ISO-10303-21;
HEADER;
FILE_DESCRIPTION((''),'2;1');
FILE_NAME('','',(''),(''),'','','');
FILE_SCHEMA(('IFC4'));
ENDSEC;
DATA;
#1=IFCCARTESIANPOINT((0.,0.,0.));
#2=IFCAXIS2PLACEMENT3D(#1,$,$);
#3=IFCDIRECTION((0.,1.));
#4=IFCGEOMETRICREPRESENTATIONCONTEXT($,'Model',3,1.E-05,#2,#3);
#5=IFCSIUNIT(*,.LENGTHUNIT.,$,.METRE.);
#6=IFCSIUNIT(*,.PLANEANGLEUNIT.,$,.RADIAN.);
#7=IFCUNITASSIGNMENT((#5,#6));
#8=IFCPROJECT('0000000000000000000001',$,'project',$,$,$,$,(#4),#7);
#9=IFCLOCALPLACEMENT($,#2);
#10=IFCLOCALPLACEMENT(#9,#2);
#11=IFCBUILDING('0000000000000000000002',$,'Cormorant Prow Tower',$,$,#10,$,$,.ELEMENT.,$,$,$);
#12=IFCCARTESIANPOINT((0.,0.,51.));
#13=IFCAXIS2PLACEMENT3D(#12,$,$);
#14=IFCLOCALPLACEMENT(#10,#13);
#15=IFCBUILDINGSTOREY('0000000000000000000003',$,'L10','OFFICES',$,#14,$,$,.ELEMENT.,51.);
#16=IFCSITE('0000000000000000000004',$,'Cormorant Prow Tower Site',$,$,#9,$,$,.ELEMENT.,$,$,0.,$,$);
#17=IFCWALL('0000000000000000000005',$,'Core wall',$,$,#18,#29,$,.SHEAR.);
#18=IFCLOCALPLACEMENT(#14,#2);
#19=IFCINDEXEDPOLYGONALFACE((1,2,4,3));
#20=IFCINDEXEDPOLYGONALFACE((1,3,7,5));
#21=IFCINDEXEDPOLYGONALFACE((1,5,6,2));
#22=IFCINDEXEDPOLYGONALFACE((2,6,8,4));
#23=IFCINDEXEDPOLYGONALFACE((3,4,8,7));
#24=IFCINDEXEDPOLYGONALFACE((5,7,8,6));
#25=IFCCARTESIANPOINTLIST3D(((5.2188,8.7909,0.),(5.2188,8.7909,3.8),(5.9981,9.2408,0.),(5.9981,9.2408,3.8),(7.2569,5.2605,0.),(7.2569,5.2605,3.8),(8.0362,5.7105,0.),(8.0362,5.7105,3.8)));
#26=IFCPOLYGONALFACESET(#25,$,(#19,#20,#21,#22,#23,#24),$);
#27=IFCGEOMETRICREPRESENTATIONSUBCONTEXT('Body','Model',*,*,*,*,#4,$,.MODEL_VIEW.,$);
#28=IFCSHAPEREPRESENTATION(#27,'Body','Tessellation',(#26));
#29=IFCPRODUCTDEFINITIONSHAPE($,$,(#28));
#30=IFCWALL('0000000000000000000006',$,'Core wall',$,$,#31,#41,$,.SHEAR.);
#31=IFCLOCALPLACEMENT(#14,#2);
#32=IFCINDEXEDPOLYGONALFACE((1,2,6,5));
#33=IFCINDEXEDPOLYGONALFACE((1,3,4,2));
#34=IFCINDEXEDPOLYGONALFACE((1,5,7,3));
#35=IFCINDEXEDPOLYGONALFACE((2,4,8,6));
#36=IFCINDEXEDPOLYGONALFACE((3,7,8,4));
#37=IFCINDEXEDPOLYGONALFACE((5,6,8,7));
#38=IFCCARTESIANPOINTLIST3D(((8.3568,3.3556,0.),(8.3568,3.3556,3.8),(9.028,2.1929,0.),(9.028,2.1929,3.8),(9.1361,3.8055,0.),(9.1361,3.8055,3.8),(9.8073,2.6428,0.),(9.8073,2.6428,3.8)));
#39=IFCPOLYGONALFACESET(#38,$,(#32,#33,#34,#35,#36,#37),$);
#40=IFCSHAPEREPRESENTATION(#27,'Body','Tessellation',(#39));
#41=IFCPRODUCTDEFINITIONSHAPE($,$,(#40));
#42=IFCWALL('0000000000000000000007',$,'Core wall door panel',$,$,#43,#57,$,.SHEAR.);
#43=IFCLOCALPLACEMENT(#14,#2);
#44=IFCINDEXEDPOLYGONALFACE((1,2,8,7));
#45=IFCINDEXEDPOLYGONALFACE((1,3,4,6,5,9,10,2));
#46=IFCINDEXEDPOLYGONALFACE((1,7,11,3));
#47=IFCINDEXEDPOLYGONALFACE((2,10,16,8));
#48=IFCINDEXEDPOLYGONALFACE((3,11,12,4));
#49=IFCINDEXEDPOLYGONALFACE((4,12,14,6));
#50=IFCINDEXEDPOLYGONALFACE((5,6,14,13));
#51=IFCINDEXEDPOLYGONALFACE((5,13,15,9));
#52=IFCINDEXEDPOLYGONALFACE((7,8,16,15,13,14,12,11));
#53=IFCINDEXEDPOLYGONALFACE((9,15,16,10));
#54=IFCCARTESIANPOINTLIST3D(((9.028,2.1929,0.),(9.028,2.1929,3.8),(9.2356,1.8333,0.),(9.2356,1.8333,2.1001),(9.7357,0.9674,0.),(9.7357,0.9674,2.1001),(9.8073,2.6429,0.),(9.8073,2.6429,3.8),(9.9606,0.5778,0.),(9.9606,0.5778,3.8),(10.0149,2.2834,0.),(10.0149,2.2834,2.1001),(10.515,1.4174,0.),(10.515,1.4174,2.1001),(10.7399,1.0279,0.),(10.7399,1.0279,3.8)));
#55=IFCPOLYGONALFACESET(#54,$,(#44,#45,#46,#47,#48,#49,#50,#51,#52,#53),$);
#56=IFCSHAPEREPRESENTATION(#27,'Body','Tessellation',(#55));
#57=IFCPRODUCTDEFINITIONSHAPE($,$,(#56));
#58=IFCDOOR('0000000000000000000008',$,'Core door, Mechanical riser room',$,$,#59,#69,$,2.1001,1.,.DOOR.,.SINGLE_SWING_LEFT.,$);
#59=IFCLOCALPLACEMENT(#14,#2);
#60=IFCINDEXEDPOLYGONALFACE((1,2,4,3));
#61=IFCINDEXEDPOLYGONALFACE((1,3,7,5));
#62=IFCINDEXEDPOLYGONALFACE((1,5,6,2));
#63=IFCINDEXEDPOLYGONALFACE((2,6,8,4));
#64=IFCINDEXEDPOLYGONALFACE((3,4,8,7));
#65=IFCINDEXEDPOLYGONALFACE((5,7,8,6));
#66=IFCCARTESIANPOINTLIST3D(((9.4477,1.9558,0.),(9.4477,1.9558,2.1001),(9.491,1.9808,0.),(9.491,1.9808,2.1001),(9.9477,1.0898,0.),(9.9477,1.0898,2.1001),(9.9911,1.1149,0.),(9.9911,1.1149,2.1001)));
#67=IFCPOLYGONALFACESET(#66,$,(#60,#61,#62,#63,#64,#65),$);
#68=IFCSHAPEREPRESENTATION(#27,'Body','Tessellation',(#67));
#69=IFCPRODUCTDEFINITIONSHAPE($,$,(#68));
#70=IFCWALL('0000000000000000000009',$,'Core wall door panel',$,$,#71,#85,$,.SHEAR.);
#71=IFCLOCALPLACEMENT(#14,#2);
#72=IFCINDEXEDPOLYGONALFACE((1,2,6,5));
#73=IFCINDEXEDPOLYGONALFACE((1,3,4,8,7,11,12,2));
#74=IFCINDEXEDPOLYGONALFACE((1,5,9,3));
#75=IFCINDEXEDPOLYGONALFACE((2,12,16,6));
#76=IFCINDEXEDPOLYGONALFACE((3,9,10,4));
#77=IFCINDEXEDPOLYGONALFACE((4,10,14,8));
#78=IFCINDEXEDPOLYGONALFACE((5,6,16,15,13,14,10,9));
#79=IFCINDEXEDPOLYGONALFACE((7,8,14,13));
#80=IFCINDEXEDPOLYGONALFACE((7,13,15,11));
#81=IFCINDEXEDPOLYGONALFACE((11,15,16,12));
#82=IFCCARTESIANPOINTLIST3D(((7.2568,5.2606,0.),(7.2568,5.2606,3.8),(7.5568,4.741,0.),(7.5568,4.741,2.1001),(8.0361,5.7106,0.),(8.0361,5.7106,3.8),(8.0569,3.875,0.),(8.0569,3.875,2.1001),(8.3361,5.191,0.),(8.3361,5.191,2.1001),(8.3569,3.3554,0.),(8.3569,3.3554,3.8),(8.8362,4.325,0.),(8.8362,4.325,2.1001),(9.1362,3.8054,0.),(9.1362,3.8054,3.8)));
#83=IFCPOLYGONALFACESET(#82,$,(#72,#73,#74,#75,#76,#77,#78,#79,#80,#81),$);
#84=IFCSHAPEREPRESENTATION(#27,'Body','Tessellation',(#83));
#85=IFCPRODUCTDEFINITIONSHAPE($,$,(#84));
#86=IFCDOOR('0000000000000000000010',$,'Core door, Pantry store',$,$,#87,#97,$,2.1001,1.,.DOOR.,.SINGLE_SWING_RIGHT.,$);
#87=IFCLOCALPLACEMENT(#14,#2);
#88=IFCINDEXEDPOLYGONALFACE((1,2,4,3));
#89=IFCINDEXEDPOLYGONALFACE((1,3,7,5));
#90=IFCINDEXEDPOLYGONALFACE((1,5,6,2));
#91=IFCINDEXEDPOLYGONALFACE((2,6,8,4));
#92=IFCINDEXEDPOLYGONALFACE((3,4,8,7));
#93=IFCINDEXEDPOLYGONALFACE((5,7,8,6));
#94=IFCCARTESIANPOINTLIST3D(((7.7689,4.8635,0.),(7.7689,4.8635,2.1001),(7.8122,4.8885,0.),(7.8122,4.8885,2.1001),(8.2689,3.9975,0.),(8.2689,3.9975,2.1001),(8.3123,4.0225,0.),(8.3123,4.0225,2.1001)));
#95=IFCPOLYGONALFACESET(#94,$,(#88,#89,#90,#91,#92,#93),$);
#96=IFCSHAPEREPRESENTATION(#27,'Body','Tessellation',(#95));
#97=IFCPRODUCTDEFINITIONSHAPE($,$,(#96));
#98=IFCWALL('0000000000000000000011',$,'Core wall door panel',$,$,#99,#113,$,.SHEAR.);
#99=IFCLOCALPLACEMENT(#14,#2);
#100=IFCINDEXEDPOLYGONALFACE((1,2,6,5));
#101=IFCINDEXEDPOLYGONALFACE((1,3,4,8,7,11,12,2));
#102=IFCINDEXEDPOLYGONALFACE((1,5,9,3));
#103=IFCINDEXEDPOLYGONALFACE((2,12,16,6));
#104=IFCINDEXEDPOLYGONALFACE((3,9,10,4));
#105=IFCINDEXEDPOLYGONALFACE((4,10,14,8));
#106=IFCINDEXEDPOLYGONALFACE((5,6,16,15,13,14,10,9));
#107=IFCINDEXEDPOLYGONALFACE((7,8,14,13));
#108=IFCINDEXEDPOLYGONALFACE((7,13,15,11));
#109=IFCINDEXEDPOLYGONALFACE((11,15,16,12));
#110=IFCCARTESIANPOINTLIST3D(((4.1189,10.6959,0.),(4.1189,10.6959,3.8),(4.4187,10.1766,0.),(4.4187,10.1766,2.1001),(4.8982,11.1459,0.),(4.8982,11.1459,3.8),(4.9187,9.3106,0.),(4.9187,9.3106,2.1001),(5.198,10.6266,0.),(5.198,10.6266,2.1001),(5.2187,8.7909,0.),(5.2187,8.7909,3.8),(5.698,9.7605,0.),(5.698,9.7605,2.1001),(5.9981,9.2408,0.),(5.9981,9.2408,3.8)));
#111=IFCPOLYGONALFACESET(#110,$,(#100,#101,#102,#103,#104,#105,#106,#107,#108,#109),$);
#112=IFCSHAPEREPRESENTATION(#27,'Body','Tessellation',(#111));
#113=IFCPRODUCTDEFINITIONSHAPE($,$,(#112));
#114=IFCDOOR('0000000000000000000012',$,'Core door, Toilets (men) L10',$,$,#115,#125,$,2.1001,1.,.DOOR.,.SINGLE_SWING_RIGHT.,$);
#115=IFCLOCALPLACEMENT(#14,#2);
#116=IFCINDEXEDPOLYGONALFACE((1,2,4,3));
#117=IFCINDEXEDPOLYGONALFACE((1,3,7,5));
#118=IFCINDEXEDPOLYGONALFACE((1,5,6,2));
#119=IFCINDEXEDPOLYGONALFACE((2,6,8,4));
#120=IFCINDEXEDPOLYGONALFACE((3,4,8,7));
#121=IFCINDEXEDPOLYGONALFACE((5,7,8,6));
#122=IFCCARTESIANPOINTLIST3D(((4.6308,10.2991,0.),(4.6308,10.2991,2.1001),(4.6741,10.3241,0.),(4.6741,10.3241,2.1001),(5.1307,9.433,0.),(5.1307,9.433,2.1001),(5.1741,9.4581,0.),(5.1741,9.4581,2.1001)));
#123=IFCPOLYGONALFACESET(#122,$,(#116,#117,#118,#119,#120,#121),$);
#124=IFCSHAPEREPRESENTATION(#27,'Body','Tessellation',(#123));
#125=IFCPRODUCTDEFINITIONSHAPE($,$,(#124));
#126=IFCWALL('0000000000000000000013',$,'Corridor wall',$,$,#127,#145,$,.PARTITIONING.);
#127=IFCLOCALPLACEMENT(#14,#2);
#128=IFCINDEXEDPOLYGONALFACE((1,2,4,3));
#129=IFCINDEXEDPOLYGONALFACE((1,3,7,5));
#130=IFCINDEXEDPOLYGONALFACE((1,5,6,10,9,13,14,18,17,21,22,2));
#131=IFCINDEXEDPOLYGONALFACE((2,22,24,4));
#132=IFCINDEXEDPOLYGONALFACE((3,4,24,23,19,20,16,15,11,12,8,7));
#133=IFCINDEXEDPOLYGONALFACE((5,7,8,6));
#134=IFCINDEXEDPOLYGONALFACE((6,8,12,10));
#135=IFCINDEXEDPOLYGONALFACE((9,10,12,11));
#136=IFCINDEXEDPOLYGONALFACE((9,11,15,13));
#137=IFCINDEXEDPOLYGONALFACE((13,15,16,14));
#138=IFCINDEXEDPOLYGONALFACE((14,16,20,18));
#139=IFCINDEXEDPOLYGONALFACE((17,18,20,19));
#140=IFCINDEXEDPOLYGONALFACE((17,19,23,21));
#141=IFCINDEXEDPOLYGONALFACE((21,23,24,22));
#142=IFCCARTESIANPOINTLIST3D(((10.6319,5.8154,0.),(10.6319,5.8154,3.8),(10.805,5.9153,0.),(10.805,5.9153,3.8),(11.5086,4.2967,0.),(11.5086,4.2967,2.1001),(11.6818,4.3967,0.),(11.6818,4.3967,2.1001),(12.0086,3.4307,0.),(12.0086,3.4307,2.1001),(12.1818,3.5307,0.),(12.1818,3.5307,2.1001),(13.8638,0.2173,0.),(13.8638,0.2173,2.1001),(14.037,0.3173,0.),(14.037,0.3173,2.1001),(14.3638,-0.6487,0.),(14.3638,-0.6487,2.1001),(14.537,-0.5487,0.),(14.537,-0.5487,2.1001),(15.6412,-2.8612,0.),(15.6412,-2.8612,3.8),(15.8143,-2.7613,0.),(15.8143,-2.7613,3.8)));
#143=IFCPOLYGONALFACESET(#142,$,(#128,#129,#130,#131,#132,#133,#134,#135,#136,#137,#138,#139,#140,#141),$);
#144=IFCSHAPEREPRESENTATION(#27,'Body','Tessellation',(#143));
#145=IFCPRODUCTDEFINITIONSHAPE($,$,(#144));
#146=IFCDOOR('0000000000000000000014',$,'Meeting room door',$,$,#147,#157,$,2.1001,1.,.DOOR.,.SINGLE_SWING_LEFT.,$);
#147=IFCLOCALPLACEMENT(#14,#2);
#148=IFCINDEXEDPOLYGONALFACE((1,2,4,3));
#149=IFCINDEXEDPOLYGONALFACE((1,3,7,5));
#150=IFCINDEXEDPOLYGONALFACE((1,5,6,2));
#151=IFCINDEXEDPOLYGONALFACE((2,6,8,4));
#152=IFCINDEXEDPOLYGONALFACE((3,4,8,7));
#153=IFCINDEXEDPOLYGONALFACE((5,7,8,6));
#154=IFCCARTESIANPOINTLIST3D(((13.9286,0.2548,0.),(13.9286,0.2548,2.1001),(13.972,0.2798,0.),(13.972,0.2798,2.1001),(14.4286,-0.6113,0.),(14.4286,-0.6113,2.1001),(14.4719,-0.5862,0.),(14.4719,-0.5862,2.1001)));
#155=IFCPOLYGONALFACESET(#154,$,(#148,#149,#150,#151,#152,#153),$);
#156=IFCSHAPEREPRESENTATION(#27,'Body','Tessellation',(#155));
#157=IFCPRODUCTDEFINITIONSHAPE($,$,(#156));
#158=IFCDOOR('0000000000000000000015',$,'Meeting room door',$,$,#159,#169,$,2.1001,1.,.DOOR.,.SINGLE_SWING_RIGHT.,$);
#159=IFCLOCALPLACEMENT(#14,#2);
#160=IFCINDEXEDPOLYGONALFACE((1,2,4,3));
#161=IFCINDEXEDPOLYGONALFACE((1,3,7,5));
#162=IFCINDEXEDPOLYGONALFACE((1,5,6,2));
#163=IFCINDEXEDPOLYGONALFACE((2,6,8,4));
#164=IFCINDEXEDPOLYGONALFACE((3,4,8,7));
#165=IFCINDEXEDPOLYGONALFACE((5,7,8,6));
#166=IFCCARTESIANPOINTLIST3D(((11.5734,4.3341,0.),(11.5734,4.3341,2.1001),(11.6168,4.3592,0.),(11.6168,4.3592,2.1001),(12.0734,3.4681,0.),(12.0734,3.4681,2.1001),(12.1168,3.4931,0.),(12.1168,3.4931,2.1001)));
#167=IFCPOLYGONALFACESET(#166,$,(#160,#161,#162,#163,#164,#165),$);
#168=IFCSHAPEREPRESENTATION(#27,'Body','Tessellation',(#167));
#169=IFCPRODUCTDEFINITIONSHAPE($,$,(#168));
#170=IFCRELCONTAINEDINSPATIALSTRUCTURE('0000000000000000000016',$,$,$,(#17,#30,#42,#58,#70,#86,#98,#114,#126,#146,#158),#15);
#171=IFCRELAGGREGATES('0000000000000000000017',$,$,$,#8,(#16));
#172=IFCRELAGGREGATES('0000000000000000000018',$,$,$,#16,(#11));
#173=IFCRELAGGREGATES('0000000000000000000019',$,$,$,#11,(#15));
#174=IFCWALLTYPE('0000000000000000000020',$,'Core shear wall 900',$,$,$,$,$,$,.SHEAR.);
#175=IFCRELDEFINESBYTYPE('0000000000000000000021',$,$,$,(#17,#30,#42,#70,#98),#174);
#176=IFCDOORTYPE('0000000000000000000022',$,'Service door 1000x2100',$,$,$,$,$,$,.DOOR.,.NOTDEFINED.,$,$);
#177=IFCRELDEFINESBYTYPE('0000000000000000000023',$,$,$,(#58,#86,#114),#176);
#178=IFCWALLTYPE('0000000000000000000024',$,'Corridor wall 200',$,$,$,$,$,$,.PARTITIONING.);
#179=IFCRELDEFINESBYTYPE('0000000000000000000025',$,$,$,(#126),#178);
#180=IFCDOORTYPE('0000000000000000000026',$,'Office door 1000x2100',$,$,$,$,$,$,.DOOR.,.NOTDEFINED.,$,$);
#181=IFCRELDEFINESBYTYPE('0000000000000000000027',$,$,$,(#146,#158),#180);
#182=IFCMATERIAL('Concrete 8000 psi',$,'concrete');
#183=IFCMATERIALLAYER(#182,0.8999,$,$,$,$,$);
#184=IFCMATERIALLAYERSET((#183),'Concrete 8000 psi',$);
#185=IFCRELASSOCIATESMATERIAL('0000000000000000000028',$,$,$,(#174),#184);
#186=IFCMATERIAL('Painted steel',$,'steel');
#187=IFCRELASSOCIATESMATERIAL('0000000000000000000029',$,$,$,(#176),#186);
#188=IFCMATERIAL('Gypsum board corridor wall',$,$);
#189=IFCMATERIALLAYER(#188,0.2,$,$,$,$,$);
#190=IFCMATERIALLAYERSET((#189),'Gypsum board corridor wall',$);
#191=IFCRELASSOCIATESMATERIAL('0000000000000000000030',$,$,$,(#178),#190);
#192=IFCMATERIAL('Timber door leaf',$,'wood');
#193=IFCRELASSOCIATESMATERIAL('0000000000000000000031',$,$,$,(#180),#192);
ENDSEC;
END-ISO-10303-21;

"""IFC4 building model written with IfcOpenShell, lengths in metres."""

from ifc_helpers import new_model, si_unit, direction, frame, frame_2d, origin, place, context, subcontext, project, spatial, rectangle, extrude, material, layer, layer_set, type_object, element, fill, save


model = new_model("IFC4")

# Units and contexts
model_context = context("Model", 3, precision=1e-05, world=origin(), true_north=direction((0.0, 1.0)))
body_context = subcontext(model_context, "Body", "Model", "MODEL_VIEW")
ifc_project = project(units=[si_unit("LENGTHUNIT", "METRE"), si_unit("PLANEANGLEUNIT", "RADIAN")], contexts=[model_context])

# Site, building, storey
site_placement = place(None, origin())
site = spatial("IfcSite", under=ifc_project, at=site_placement, Name="Cormorant Prow Tower Site", CompositionType="ELEMENT", RefElevation=0.0)
building_placement = place(site_placement, origin())
building = spatial("IfcBuilding", under=site, at=building_placement, Name="Cormorant Prow Tower", CompositionType="ELEMENT")
storey_placement = place(building_placement, frame((0.0, 0.0, 51.0)))
storey = spatial("IfcBuildingStorey", under=building, at=storey_placement, Name="L10", Description="OFFICES", CompositionType="ELEMENT", Elevation=51.0)

# Walls
ifc_material_1 = material(Name="Concrete 8000 psi", Category="concrete")
ifc_layer_1 = layer(ifc_material_1, 0.8999)
ifc_layer_set_1 = layer_set([ifc_layer_1], Name="Concrete 8000 psi")
wall_type_1 = type_object("IfcWallType", Name="Core shear wall 900", PredefinedType="SHEAR", material=ifc_layer_set_1)
wall_1_placement = place(storey_placement, frame((7.6465, 5.4856, 0.0), z_axis=(0.0, 0.0, 1.0), x_axis=(-0.499978, 0.866038, 0.0)))
element("IfcWall", 1, at=wall_1_placement, inside=storey, type_object=wall_type_1, Name="Core wall", PredefinedType="SHEAR", context=body_context, shape_type="SweptSolid", body=[
    extrude(rectangle(XDim=4.0764, YDim=0.8999, at=frame_2d((2.0381, 0.0))), origin(), (0.0, 0.0, 1.0), 3.8),
])
wall_2_placement = place(storey_placement, frame((9.4177, 2.4177, 0.0), z_axis=(0.0, 0.0, 1.0), x_axis=(-0.499953, 0.866052, 0.0)))
element("IfcWall", 2, at=wall_2_placement, inside=storey, type_object=wall_type_1, Name="Core wall", PredefinedType="SHEAR", context=body_context, shape_type="SweptSolid", body=[
    extrude(rectangle(XDim=1.3425, YDim=0.8999, at=frame_2d((0.6714, 0.0))), origin(), (0.0, 0.0, 1.0), 3.8),
])

# Walls, openings, doors
wall_3_placement = place(storey_placement, frame((10.3503, 0.8027, 0.0), z_axis=(0.0, 0.0, 1.0), x_axis=(-0.500081, 0.865978, 0.0)))
wall_3 = element("IfcWall", 3, at=wall_3_placement, inside=storey, type_object=wall_type_1, Name="Core wall door panel", PredefinedType="SHEAR", context=body_context, shape_type="SweptSolid", body=[
    extrude(rectangle(XDim=1.865, YDim=0.8999, at=frame_2d((0.9326, 0.0))), origin(), (0.0, 0.0, 1.0), 3.8),
])
opening_1_placement = place(wall_3_placement, frame((0.45, 0.0, 0.0)))
opening_1 = element("IfcOpeningElement", 4, at=opening_1_placement, cuts=wall_3, PredefinedType="OPENING", context=body_context, shape_type="SweptSolid", body=[
    extrude(rectangle(XDim=1.0, YDim=2.1001, at=frame_2d((0.5, 1.05))), frame((0.0, 0.46, 0.0), z_axis=(0.0, -1.0, 0.0), x_axis=(1.0, 0.0, 0.0)), (0.0, 0.0, 1.0), 0.9199),
])
ifc_material_2 = material(Name="Painted steel", Category="steel")
door_type_1 = type_object("IfcDoorType", Name="Service door 1000x2100", OperationType="NOTDEFINED", PredefinedType="DOOR", material=ifc_material_2)
door_1_placement = place(opening_1_placement, origin())
door_1 = element("IfcDoor", 5, at=door_1_placement, inside=storey, type_object=door_type_1, Name="Core door, Mechanical riser room", OperationType="SINGLE_SWING_LEFT", OverallHeight=2.1001, OverallWidth=1.0, PredefinedType="DOOR", context=body_context, shape_type="SweptSolid", body=[
    extrude(rectangle(XDim=1.0, YDim=2.1001, at=frame_2d((0.5, 1.05))), frame((0.0, 0.2051, 0.0), z_axis=(0.0, -1.0, 0.0), x_axis=(1.0, 0.0, 0.0)), (0.0, 0.0, 1.0), 0.05),
])
fill(opening_1, door_1)
wall_4_placement = place(storey_placement, frame((8.7466, 3.5803, 0.0), z_axis=(0.0, 0.0, 1.0), x_axis=(-0.50003, 0.866008, 0.0)))
wall_4 = element("IfcWall", 6, at=wall_4_placement, inside=storey, type_object=wall_type_1, Name="Core wall door panel", PredefinedType="SHEAR", context=body_context, shape_type="SweptSolid", body=[
    extrude(rectangle(XDim=2.2, YDim=0.8999, at=frame_2d((1.1001, 0.0))), origin(), (0.0, 0.0, 1.0), 3.8),
])
opening_2_placement = place(wall_4_placement, frame((0.6001, 0.0, 0.0)))
opening_2 = element("IfcOpeningElement", 7, at=opening_2_placement, cuts=wall_4, PredefinedType="OPENING", context=body_context, shape_type="SweptSolid", body=[
    extrude(rectangle(XDim=1.0, YDim=2.1001, at=frame_2d((0.5, 1.05))), frame((0.0, 0.46, 0.0), z_axis=(0.0, -1.0, 0.0), x_axis=(1.0, 0.0, 0.0)), (0.0, 0.0, 1.0), 0.9199),
])
door_2_placement = place(opening_2_placement, origin())
door_2 = element("IfcDoor", 8, at=door_2_placement, inside=storey, type_object=door_type_1, Name="Core door, Pantry store", OperationType="SINGLE_SWING_RIGHT", OverallHeight=2.1001, OverallWidth=1.0, PredefinedType="DOOR", context=body_context, shape_type="SweptSolid", body=[
    extrude(rectangle(XDim=1.0, YDim=2.1001, at=frame_2d((0.5, 1.05))), frame((0.0, 0.2051, 0.0), z_axis=(0.0, -1.0, 0.0), x_axis=(1.0, 0.0, 0.0)), (0.0, 0.0, 1.0), 0.05),
])
fill(opening_2, door_2)
wall_5_placement = place(storey_placement, frame((5.6084, 9.0159, 0.0), z_axis=(0.0, 0.0, 1.0), x_axis=(-0.499995, 0.866028, 0.0)))
wall_5 = element("IfcWall", 9, at=wall_5_placement, inside=storey, type_object=wall_type_1, Name="Core wall door panel", PredefinedType="SHEAR", context=body_context, shape_type="SweptSolid", body=[
    extrude(rectangle(XDim=2.1997, YDim=0.8999, at=frame_2d((1.0999, 0.0))), origin(), (0.0, 0.0, 1.0), 3.8),
])
opening_3_placement = place(wall_5_placement, frame((0.6001, 0.0, 0.0)))
opening_3 = element("IfcOpeningElement", 10, at=opening_3_placement, cuts=wall_5, PredefinedType="OPENING", context=body_context, shape_type="SweptSolid", body=[
    extrude(rectangle(XDim=1.0, YDim=2.1001, at=frame_2d((0.5, 1.05))), frame((0.0, 0.46, 0.0), z_axis=(0.0, -1.0, 0.0), x_axis=(1.0, 0.0, 0.0)), (0.0, 0.0, 1.0), 0.9199),
])
door_3_placement = place(opening_3_placement, origin())
door_3 = element("IfcDoor", 11, at=door_3_placement, inside=storey, type_object=door_type_1, Name="Core door, Toilets (men) L10", OperationType="SINGLE_SWING_RIGHT", OverallHeight=2.1001, OverallWidth=1.0, PredefinedType="DOOR", context=body_context, shape_type="SweptSolid", body=[
    extrude(rectangle(XDim=1.0, YDim=2.1001, at=frame_2d((0.5, 1.05))), frame((0.0, 0.2051, 0.0), z_axis=(0.0, -1.0, 0.0), x_axis=(1.0, 0.0, 0.0)), (0.0, 0.0, 1.0), 0.05),
])
fill(opening_3, door_3)

# Wall, openings, doors
ifc_material_3 = material(Name="Gypsum board corridor wall")
ifc_layer_2 = layer(ifc_material_3, 0.2)
ifc_layer_set_2 = layer_set([ifc_layer_2], Name="Gypsum board corridor wall")
wall_type_2 = type_object("IfcWallType", Name="Corridor wall 200", PredefinedType="PARTITIONING", material=ifc_layer_set_2)
wall_6_placement = place(storey_placement, frame((10.7185, 5.8652, 0.0), z_axis=(0.0, 0.0, 1.0), x_axis=(0.499992, -0.86603, 0.0)))
wall_6 = element("IfcWall", 12, at=wall_6_placement, inside=storey, type_object=wall_type_2, Name="Corridor wall", PredefinedType="PARTITIONING", context=body_context, shape_type="SweptSolid", body=[
    extrude(rectangle(XDim=10.0188, YDim=0.2, at=frame_2d((5.0093, 0.0))), origin(), (0.0, 0.0, 1.0), 3.8),
])
opening_4_placement = place(wall_6_placement, frame((6.4639, 0.0, 0.0)))
opening_4 = element("IfcOpeningElement", 13, at=opening_4_placement, cuts=wall_6, PredefinedType="OPENING", context=body_context, shape_type="SweptSolid", body=[
    extrude(rectangle(XDim=1.0, YDim=2.1001, at=frame_2d((0.5, 1.05))), frame((0.0, 0.1099, 0.0), z_axis=(0.0, -1.0, 0.0), x_axis=(1.0, 0.0, 0.0)), (0.0, 0.0, 1.0), 0.22),
])
opening_5_placement = place(wall_6_placement, frame((1.7534, 0.0, 0.0)))
opening_5 = element("IfcOpeningElement", 14, at=opening_5_placement, cuts=wall_6, PredefinedType="OPENING", context=body_context, shape_type="SweptSolid", body=[
    extrude(rectangle(XDim=1.0, YDim=2.1001, at=frame_2d((0.5, 1.05))), frame((0.0, 0.1099, 0.0), z_axis=(0.0, -1.0, 0.0), x_axis=(1.0, 0.0, 0.0)), (0.0, 0.0, 1.0), 0.22),
])
ifc_material_4 = material(Name="Timber door leaf", Category="wood")
door_type_2 = type_object("IfcDoorType", Name="Office door 1000x2100", OperationType="NOTDEFINED", PredefinedType="DOOR", material=ifc_material_4)
door_4_placement = place(opening_4_placement, origin())
door_4 = element("IfcDoor", 15, at=door_4_placement, inside=storey, type_object=door_type_2, Name="Meeting room door", OperationType="SINGLE_SWING_LEFT", OverallHeight=2.1001, OverallWidth=1.0, PredefinedType="DOOR", context=body_context, shape_type="SweptSolid", body=[
    extrude(rectangle(XDim=1.0, YDim=2.1001, at=frame_2d((0.5, 1.05))), frame((0.0, 0.0249, 0.0), z_axis=(0.0, -1.0, 0.0), x_axis=(1.0, 0.0, 0.0)), (0.0, 0.0, 1.0), 0.05),
])
fill(opening_4, door_4)
door_5_placement = place(opening_5_placement, origin())
door_5 = element("IfcDoor", 16, at=door_5_placement, inside=storey, type_object=door_type_2, Name="Meeting room door", OperationType="SINGLE_SWING_RIGHT", OverallHeight=2.1001, OverallWidth=1.0, PredefinedType="DOOR", context=body_context, shape_type="SweptSolid", body=[
    extrude(rectangle(XDim=1.0, YDim=2.1001, at=frame_2d((0.5, 1.05))), frame((0.0, 0.0249, 0.0), z_axis=(0.0, -1.0, 0.0), x_axis=(1.0, 0.0, 0.0)), (0.0, 0.0, 1.0), 0.05),
])
fill(opening_5, door_5)

save(model, "model.ifc")
